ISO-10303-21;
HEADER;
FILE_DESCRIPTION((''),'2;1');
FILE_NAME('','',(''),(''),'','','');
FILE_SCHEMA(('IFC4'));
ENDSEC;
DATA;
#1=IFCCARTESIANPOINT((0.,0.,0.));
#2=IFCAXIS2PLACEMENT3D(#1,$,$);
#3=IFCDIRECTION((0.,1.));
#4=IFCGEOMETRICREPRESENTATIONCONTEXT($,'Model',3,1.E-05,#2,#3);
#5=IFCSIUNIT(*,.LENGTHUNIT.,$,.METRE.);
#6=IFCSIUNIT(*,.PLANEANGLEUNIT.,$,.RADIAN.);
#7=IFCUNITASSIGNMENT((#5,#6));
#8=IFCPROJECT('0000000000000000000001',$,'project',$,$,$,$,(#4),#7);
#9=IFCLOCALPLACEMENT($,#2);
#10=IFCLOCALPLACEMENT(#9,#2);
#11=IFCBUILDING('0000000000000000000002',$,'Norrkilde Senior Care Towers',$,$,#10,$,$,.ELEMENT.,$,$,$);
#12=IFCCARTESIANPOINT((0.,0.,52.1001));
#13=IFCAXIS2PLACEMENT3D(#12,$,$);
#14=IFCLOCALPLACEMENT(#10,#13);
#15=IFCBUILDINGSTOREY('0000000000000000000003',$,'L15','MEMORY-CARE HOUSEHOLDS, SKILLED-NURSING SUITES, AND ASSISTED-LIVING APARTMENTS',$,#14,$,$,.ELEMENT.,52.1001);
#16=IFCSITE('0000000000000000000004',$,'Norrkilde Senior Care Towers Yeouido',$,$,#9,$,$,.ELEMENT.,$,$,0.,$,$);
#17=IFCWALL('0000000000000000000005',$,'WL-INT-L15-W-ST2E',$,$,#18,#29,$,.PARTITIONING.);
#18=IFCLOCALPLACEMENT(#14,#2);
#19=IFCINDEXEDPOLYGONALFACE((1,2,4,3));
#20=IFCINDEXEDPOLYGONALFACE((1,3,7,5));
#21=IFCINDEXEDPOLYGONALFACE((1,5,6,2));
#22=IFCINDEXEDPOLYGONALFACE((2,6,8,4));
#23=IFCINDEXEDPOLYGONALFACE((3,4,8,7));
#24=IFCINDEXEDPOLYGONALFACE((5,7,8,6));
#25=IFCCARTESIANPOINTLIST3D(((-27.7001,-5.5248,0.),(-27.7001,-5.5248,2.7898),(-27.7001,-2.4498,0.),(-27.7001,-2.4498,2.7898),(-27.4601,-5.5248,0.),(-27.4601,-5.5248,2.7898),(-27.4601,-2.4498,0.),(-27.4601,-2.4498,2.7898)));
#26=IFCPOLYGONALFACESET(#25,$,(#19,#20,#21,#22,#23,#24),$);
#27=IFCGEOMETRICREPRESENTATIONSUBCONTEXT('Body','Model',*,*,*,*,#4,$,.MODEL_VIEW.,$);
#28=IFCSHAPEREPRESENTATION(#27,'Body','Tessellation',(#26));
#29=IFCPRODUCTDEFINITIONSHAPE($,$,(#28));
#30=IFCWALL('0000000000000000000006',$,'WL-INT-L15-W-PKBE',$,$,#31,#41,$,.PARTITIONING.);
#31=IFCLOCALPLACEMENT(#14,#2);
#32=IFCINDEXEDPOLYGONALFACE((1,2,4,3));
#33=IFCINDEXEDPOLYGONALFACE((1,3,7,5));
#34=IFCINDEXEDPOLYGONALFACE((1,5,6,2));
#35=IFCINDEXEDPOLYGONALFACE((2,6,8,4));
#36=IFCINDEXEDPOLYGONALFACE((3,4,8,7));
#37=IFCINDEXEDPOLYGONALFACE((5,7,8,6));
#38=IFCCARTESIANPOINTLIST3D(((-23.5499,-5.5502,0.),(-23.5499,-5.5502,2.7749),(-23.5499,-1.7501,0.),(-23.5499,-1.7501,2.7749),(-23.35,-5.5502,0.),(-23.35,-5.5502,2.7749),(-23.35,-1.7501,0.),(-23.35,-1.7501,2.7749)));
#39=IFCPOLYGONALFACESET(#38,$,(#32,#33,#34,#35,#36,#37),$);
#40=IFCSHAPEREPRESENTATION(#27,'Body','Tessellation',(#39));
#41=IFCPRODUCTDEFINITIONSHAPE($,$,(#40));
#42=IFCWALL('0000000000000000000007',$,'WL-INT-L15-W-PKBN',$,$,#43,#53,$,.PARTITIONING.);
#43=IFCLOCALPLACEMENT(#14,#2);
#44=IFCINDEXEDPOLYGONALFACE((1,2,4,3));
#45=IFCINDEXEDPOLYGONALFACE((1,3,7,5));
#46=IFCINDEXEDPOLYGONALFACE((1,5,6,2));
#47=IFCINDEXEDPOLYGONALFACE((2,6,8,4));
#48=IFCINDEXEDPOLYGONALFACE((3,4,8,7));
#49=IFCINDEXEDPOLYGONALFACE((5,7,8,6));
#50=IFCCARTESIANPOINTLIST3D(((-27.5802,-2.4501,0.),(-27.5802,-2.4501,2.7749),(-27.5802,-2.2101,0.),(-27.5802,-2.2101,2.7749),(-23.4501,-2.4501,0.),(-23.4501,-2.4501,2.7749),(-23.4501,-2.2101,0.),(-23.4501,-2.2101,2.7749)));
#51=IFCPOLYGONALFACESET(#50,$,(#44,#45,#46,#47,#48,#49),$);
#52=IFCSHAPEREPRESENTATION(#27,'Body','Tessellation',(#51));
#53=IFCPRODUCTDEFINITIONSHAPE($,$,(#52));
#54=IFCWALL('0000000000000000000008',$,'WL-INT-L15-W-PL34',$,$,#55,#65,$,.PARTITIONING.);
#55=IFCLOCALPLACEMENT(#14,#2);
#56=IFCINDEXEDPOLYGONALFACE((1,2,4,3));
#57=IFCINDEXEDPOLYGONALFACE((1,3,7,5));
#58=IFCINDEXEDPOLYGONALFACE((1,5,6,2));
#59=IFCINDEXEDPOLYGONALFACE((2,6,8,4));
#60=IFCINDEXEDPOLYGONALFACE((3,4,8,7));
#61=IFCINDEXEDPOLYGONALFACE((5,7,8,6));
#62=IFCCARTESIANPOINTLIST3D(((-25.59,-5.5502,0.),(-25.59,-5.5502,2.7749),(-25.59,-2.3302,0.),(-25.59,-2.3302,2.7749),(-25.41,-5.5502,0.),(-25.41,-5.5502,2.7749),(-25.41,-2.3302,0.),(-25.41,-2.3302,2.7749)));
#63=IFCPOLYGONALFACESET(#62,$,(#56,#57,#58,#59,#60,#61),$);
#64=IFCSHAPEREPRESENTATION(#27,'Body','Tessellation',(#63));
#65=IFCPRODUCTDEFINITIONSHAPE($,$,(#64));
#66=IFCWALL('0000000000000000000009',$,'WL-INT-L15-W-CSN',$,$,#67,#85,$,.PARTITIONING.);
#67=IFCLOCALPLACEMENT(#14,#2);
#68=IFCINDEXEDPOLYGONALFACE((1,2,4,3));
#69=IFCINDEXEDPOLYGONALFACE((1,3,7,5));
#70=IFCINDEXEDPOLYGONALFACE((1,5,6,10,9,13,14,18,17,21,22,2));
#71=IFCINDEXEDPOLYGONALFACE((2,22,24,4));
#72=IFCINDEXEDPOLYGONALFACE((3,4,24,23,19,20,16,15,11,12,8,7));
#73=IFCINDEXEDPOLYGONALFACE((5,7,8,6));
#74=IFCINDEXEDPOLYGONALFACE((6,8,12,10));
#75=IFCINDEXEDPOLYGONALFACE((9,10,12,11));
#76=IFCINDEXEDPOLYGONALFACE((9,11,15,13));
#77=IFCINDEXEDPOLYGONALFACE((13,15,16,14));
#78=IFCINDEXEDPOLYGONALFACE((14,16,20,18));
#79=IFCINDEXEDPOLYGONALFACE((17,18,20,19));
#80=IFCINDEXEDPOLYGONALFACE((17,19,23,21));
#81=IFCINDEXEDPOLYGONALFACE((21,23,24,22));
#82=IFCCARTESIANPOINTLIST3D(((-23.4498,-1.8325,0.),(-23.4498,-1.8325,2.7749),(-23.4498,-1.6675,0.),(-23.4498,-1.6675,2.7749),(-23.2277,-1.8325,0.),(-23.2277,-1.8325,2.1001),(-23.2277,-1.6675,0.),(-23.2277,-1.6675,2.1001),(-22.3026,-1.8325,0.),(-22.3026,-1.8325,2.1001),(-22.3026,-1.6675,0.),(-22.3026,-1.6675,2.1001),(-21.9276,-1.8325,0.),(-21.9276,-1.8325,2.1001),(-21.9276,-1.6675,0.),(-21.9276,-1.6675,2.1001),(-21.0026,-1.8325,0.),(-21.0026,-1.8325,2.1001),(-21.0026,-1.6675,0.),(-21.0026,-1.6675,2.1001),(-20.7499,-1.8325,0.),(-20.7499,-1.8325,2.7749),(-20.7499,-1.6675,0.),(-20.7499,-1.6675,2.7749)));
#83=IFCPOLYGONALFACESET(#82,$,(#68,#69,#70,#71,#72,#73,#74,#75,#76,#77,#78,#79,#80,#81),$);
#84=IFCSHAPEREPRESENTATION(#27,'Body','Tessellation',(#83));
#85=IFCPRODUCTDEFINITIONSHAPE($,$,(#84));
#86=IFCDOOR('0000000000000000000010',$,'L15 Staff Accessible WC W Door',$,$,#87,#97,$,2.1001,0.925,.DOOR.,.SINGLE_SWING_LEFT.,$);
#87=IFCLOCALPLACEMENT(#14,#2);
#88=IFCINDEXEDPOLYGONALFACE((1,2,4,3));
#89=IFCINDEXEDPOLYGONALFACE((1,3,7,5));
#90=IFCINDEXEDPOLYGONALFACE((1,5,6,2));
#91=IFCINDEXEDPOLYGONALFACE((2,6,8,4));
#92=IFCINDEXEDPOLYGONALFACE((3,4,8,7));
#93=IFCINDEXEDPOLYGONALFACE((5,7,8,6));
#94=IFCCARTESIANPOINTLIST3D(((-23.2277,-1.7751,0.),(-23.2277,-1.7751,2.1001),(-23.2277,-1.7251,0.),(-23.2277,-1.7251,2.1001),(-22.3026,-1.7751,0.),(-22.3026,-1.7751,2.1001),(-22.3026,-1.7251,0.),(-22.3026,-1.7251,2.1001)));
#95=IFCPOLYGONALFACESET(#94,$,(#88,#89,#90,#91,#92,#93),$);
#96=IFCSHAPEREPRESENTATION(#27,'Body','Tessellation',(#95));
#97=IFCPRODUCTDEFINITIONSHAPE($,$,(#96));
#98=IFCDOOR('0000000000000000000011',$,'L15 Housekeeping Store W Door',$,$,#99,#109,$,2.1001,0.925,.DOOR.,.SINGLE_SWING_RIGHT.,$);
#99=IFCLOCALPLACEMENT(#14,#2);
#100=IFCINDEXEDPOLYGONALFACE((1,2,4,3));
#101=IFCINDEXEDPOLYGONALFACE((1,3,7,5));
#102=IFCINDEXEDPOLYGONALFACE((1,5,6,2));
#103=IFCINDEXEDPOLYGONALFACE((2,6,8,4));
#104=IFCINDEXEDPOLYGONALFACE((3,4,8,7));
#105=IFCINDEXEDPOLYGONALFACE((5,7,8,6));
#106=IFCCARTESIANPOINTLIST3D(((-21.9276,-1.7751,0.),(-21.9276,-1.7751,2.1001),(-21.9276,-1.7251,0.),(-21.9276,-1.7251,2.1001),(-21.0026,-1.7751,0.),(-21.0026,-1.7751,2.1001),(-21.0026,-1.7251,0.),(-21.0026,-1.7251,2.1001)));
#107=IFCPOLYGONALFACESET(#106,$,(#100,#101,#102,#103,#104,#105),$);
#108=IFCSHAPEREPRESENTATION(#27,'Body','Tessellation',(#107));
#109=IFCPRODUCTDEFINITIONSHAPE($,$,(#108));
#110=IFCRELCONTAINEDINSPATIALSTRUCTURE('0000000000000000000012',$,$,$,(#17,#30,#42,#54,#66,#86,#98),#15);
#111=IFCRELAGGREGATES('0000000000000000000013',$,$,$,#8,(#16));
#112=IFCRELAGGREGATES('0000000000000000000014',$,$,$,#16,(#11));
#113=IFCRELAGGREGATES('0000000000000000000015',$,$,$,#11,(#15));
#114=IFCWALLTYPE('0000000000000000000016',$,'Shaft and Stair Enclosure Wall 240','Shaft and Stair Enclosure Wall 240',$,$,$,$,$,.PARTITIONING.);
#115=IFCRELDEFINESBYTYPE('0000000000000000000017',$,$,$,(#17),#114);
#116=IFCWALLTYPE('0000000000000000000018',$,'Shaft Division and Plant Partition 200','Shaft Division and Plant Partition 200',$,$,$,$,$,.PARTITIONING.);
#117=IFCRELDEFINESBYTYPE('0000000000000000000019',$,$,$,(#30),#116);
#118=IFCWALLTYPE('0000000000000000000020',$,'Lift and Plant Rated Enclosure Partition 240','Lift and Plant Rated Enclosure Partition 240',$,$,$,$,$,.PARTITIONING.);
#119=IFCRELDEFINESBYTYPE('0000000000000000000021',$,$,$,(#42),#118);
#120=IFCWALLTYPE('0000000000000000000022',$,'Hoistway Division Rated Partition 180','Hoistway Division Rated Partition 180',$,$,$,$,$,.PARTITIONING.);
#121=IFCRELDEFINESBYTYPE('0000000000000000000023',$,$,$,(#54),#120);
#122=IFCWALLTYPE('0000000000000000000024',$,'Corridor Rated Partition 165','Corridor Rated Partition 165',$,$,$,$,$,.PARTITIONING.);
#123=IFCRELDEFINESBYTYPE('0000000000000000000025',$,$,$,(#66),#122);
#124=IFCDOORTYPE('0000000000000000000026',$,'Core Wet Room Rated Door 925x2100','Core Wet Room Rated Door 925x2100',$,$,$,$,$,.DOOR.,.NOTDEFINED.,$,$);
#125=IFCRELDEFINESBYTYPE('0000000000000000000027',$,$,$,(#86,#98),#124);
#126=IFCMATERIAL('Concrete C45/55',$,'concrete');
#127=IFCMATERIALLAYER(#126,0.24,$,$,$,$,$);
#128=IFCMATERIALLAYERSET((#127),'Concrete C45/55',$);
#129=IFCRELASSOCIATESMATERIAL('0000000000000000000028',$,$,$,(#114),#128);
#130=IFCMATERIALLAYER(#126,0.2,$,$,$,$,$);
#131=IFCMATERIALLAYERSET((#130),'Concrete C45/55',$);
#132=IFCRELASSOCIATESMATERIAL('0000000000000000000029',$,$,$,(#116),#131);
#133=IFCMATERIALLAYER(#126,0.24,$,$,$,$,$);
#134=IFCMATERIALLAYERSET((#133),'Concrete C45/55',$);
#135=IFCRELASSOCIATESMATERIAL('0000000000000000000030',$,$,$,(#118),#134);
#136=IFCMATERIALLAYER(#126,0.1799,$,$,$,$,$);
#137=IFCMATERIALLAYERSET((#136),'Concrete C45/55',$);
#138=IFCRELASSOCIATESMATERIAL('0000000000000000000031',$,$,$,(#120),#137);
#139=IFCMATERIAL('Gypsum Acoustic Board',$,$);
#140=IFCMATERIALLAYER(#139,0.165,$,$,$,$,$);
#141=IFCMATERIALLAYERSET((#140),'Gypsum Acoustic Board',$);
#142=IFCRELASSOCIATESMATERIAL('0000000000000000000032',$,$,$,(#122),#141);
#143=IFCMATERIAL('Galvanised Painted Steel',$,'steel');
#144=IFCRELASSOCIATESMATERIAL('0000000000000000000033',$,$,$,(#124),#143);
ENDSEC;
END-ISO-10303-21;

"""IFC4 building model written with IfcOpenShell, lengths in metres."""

from ifc_helpers import new_model, si_unit, direction, frame, frame_2d, origin, place, context, subcontext, project, spatial, rectangle, extrude, source, transform, mapped, material, layer, layer_set, type_object, type_shapes, element, fill, save


model = new_model("IFC4")

# Units and contexts
model_context = context("Model", 3, precision=1e-05, world=origin(), true_north=direction((0.0, 1.0)))
body_context = subcontext(model_context, "Body", "Model", "MODEL_VIEW")
ifc_project = project(units=[si_unit("LENGTHUNIT", "METRE"), si_unit("PLANEANGLEUNIT", "RADIAN")], contexts=[model_context])

# Site, building, storey
site_placement = place(None, origin())
site = spatial("IfcSite", under=ifc_project, at=site_placement, Name="Norrkilde Senior Care Towers Yeouido", CompositionType="ELEMENT", RefElevation=0.0)
building_placement = place(site_placement, origin())
building = spatial("IfcBuilding", under=site, at=building_placement, Name="Norrkilde Senior Care Towers", CompositionType="ELEMENT")
storey_placement = place(building_placement, frame((0.0, 0.0, 52.1001)))
storey = spatial("IfcBuildingStorey", under=building, at=storey_placement, Name="L15", Description="MEMORY-CARE HOUSEHOLDS, SKILLED-NURSING SUITES, AND ASSISTED-LIVING APARTMENTS", CompositionType="ELEMENT", Elevation=52.1001)

# Wall
ifc_material_1 = material(Name="Concrete C45/55", Category="concrete")
ifc_layer_1 = layer(ifc_material_1, 0.24)
ifc_layer_set_1 = layer_set([ifc_layer_1], Name="Concrete C45/55")
wall_type_1 = type_object("IfcWallType", Name="Shaft and Stair Enclosure Wall 240", Description="Shaft and Stair Enclosure Wall 240", PredefinedType="PARTITIONING", material=ifc_layer_set_1)
shared_shape_1 = source(origin(), body_context, "Body", "SweptSolid", [
    extrude(rectangle(XDim=3.075, YDim=0.24, at=frame_2d((1.5376, 0.0))), origin(), (0.0, 0.0, 1.0), 2.7898),
])
type_shapes(wall_type_1, [shared_shape_1])
wall_1_placement = place(storey_placement, frame((-27.5801, -5.5249, 0.0), z_axis=(0.0, 0.0, 1.0), x_axis=(0.0, 1.0, 0.0)))
element("IfcWall", 1, at=wall_1_placement, inside=storey, type_object=wall_type_1, Name="WL-INT-L15-W-ST2E", PredefinedType="PARTITIONING", context=body_context, shape_type="MappedRepresentation", body=[
    mapped(shared_shape_1, transform((0.0, 0.0, 0.0), x_axis=(1.0, 0.0, 0.0), y_axis=(0.0, 1.0, 0.0), z_axis=(0.0, 0.0, 1.0), scale=1.0)),
])

# Shared definitions
ifc_material_2 = material(Name="Galvanised Painted Steel", Category="steel")

# Walls
ifc_layer_2 = layer(ifc_material_1, 0.2)
ifc_layer_set_2 = layer_set([ifc_layer_2], Name="Concrete C45/55")
wall_type_2 = type_object("IfcWallType", Name="Shaft Division and Plant Partition 200", Description="Shaft Division and Plant Partition 200", PredefinedType="PARTITIONING", material=ifc_layer_set_2)
shared_shape_2 = source(origin(), body_context, "Body", "SweptSolid", [
    extrude(rectangle(XDim=3.8, YDim=0.2, at=frame_2d((1.8999, 0.0))), origin(), (0.0, 0.0, 1.0), 2.7749),
])
type_shapes(wall_type_2, [shared_shape_2])
wall_2_placement = place(storey_placement, frame((-23.45, -5.55, 0.0), z_axis=(0.0, 0.0, 1.0), x_axis=(0.0, 1.0, 0.0)))
element("IfcWall", 2, at=wall_2_placement, inside=storey, type_object=wall_type_2, Name="WL-INT-L15-W-PKBE", PredefinedType="PARTITIONING", context=body_context, shape_type="MappedRepresentation", body=[
    mapped(shared_shape_2, transform((0.0, 0.0, 0.0), x_axis=(1.0, 0.0, 0.0), y_axis=(0.0, 1.0, 0.0), z_axis=(0.0, 0.0, 1.0), scale=1.0)),
])
ifc_layer_3 = layer(ifc_material_1, 0.24)
ifc_layer_set_3 = layer_set([ifc_layer_3], Name="Concrete C45/55")
wall_type_3 = type_object("IfcWallType", Name="Lift and Plant Rated Enclosure Partition 240", Description="Lift and Plant Rated Enclosure Partition 240", PredefinedType="PARTITIONING", material=ifc_layer_set_3)
shared_shape_3 = source(origin(), body_context, "Body", "SweptSolid", [
    extrude(rectangle(XDim=4.1301, YDim=0.24, at=frame_2d((2.0649, 0.0))), origin(), (0.0, 0.0, 1.0), 2.7749),
])
type_shapes(wall_type_3, [shared_shape_3])
wall_3_placement = place(storey_placement, frame((-27.5801, -2.3301, 0.0), z_axis=(0.0, 0.0, 1.0), x_axis=(1.0, 0.0, 0.0)))
element("IfcWall", 3, at=wall_3_placement, inside=storey, type_object=wall_type_3, Name="WL-INT-L15-W-PKBN", PredefinedType="PARTITIONING", context=body_context, shape_type="MappedRepresentation", body=[
    mapped(shared_shape_3, transform((0.0, 0.0, 0.0), x_axis=(1.0, 0.0, 0.0), y_axis=(0.0, 1.0, 0.0), z_axis=(0.0, 0.0, 1.0), scale=1.0)),
])
ifc_layer_4 = layer(ifc_material_1, 0.1799)
ifc_layer_set_4 = layer_set([ifc_layer_4], Name="Concrete C45/55")
wall_type_4 = type_object("IfcWallType", Name="Hoistway Division Rated Partition 180", Description="Hoistway Division Rated Partition 180", PredefinedType="PARTITIONING", material=ifc_layer_set_4)
shared_shape_4 = source(origin(), body_context, "Body", "SweptSolid", [
    extrude(rectangle(XDim=3.22, YDim=0.1799, at=frame_2d((1.6099, 0.0))), origin(), (0.0, 0.0, 1.0), 2.7749),
])
type_shapes(wall_type_4, [shared_shape_4])
wall_4_placement = place(storey_placement, frame((-25.5, -5.55, 0.0), z_axis=(0.0, 0.0, 1.0), x_axis=(0.0, 1.0, 0.0)))
element("IfcWall", 4, at=wall_4_placement, inside=storey, type_object=wall_type_4, Name="WL-INT-L15-W-PL34", PredefinedType="PARTITIONING", context=body_context, shape_type="MappedRepresentation", body=[
    mapped(shared_shape_4, transform((0.0, 0.0, 0.0), x_axis=(1.0, 0.0, 0.0), y_axis=(0.0, 1.0, 0.0), z_axis=(0.0, 0.0, 1.0), scale=1.0)),
])

# Wall, openings, doors
ifc_material_3 = material(Name="Gypsum Acoustic Board")
ifc_layer_5 = layer(ifc_material_3, 0.165)
ifc_layer_set_5 = layer_set([ifc_layer_5], Name="Gypsum Acoustic Board")
wall_type_5 = type_object("IfcWallType", Name="Corridor Rated Partition 165", Description="Corridor Rated Partition 165", PredefinedType="PARTITIONING", material=ifc_layer_set_5)
shared_shape_5 = source(origin(), body_context, "Body", "SweptSolid", [
    extrude(rectangle(XDim=2.7, YDim=0.165, at=frame_2d((1.3501, 0.0))), origin(), (0.0, 0.0, 1.0), 2.7749),
])
wall_5_placement = place(storey_placement, frame((-23.45, -1.75, 0.0), z_axis=(0.0, 0.0, 1.0), x_axis=(1.0, 0.0, 0.0)))
wall_5 = element("IfcWall", 5, at=wall_5_placement, inside=storey, type_object=wall_type_5, Name="WL-INT-L15-W-CSN", PredefinedType="PARTITIONING", context=body_context, shape_type="MappedRepresentation", body=[
    mapped(shared_shape_5, transform((0.0, 0.0, 0.0), x_axis=(1.0, 0.0, 0.0), y_axis=(0.0, 1.0, 0.0), z_axis=(0.0, 0.0, 1.0), scale=1.0)),
])
opening_1_placement = place(wall_5_placement, frame((0.2224, 0.0, 0.0)))
opening_1 = element("IfcOpeningElement", 6, at=opening_1_placement, cuts=wall_5, PredefinedType="OPENING", context=body_context, shape_type="SweptSolid", body=[
    extrude(rectangle(XDim=0.925, YDim=2.1001, at=frame_2d((0.4624, 1.05))), frame((0.0, 0.0925, 0.0), z_axis=(0.0, -1.0, 0.0), x_axis=(1.0, 0.0, 0.0)), (0.0, 0.0, 1.0), 0.1851),
])
opening_2_placement = place(wall_5_placement, frame((1.5225, 0.0, 0.0)))
opening_2 = element("IfcOpeningElement", 7, at=opening_2_placement, cuts=wall_5, PredefinedType="OPENING", context=body_context, shape_type="SweptSolid", body=[
    extrude(rectangle(XDim=0.925, YDim=2.1001, at=frame_2d((0.4624, 1.05))), frame((0.0, 0.0925, 0.0), z_axis=(0.0, -1.0, 0.0), x_axis=(1.0, 0.0, 0.0)), (0.0, 0.0, 1.0), 0.1851),
])
door_type_1 = type_object("IfcDoorType", Name="Core Wet Room Rated Door 925x2100", Description="Core Wet Room Rated Door 925x2100", OperationType="NOTDEFINED", PredefinedType="DOOR", material=ifc_material_2)
shared_shape_6 = source(origin(), body_context, "Body", "SweptSolid", [
    extrude(rectangle(XDim=0.925, YDim=2.1001, at=frame_2d((0.4624, 1.05))), frame((0.0, 0.0249, 0.0), z_axis=(0.0, -1.0, 0.0), x_axis=(1.0, 0.0, 0.0)), (0.0, 0.0, 1.0), 0.05),
])
type_shapes(door_type_1, [shared_shape_6])
door_1_placement = place(opening_1_placement, origin())
door_1 = element("IfcDoor", 8, at=door_1_placement, inside=storey, type_object=door_type_1, Name="L15 Staff Accessible WC W Door", OperationType="SINGLE_SWING_LEFT", OverallHeight=2.1001, OverallWidth=0.925, PredefinedType="DOOR", context=body_context, shape_type="MappedRepresentation", body=[
    mapped(shared_shape_6, transform((0.0, 0.0, 0.0), x_axis=(1.0, 0.0, 0.0), y_axis=(0.0, 1.0, 0.0), z_axis=(0.0, 0.0, 1.0), scale=1.0)),
])
fill(opening_1, door_1)
door_2_placement = place(opening_2_placement, origin())
door_2 = element("IfcDoor", 9, at=door_2_placement, inside=storey, type_object=door_type_1, Name="L15 Housekeeping Store W Door", OperationType="SINGLE_SWING_RIGHT", OverallHeight=2.1001, OverallWidth=0.925, PredefinedType="DOOR", context=body_context, shape_type="MappedRepresentation", body=[
    mapped(shared_shape_6, transform((0.0, 0.0, 0.0), x_axis=(1.0, 0.0, 0.0), y_axis=(0.0, 1.0, 0.0), z_axis=(0.0, 0.0, 1.0), scale=1.0)),
])
fill(opening_2, door_2)

save(model, "model.ifc")
